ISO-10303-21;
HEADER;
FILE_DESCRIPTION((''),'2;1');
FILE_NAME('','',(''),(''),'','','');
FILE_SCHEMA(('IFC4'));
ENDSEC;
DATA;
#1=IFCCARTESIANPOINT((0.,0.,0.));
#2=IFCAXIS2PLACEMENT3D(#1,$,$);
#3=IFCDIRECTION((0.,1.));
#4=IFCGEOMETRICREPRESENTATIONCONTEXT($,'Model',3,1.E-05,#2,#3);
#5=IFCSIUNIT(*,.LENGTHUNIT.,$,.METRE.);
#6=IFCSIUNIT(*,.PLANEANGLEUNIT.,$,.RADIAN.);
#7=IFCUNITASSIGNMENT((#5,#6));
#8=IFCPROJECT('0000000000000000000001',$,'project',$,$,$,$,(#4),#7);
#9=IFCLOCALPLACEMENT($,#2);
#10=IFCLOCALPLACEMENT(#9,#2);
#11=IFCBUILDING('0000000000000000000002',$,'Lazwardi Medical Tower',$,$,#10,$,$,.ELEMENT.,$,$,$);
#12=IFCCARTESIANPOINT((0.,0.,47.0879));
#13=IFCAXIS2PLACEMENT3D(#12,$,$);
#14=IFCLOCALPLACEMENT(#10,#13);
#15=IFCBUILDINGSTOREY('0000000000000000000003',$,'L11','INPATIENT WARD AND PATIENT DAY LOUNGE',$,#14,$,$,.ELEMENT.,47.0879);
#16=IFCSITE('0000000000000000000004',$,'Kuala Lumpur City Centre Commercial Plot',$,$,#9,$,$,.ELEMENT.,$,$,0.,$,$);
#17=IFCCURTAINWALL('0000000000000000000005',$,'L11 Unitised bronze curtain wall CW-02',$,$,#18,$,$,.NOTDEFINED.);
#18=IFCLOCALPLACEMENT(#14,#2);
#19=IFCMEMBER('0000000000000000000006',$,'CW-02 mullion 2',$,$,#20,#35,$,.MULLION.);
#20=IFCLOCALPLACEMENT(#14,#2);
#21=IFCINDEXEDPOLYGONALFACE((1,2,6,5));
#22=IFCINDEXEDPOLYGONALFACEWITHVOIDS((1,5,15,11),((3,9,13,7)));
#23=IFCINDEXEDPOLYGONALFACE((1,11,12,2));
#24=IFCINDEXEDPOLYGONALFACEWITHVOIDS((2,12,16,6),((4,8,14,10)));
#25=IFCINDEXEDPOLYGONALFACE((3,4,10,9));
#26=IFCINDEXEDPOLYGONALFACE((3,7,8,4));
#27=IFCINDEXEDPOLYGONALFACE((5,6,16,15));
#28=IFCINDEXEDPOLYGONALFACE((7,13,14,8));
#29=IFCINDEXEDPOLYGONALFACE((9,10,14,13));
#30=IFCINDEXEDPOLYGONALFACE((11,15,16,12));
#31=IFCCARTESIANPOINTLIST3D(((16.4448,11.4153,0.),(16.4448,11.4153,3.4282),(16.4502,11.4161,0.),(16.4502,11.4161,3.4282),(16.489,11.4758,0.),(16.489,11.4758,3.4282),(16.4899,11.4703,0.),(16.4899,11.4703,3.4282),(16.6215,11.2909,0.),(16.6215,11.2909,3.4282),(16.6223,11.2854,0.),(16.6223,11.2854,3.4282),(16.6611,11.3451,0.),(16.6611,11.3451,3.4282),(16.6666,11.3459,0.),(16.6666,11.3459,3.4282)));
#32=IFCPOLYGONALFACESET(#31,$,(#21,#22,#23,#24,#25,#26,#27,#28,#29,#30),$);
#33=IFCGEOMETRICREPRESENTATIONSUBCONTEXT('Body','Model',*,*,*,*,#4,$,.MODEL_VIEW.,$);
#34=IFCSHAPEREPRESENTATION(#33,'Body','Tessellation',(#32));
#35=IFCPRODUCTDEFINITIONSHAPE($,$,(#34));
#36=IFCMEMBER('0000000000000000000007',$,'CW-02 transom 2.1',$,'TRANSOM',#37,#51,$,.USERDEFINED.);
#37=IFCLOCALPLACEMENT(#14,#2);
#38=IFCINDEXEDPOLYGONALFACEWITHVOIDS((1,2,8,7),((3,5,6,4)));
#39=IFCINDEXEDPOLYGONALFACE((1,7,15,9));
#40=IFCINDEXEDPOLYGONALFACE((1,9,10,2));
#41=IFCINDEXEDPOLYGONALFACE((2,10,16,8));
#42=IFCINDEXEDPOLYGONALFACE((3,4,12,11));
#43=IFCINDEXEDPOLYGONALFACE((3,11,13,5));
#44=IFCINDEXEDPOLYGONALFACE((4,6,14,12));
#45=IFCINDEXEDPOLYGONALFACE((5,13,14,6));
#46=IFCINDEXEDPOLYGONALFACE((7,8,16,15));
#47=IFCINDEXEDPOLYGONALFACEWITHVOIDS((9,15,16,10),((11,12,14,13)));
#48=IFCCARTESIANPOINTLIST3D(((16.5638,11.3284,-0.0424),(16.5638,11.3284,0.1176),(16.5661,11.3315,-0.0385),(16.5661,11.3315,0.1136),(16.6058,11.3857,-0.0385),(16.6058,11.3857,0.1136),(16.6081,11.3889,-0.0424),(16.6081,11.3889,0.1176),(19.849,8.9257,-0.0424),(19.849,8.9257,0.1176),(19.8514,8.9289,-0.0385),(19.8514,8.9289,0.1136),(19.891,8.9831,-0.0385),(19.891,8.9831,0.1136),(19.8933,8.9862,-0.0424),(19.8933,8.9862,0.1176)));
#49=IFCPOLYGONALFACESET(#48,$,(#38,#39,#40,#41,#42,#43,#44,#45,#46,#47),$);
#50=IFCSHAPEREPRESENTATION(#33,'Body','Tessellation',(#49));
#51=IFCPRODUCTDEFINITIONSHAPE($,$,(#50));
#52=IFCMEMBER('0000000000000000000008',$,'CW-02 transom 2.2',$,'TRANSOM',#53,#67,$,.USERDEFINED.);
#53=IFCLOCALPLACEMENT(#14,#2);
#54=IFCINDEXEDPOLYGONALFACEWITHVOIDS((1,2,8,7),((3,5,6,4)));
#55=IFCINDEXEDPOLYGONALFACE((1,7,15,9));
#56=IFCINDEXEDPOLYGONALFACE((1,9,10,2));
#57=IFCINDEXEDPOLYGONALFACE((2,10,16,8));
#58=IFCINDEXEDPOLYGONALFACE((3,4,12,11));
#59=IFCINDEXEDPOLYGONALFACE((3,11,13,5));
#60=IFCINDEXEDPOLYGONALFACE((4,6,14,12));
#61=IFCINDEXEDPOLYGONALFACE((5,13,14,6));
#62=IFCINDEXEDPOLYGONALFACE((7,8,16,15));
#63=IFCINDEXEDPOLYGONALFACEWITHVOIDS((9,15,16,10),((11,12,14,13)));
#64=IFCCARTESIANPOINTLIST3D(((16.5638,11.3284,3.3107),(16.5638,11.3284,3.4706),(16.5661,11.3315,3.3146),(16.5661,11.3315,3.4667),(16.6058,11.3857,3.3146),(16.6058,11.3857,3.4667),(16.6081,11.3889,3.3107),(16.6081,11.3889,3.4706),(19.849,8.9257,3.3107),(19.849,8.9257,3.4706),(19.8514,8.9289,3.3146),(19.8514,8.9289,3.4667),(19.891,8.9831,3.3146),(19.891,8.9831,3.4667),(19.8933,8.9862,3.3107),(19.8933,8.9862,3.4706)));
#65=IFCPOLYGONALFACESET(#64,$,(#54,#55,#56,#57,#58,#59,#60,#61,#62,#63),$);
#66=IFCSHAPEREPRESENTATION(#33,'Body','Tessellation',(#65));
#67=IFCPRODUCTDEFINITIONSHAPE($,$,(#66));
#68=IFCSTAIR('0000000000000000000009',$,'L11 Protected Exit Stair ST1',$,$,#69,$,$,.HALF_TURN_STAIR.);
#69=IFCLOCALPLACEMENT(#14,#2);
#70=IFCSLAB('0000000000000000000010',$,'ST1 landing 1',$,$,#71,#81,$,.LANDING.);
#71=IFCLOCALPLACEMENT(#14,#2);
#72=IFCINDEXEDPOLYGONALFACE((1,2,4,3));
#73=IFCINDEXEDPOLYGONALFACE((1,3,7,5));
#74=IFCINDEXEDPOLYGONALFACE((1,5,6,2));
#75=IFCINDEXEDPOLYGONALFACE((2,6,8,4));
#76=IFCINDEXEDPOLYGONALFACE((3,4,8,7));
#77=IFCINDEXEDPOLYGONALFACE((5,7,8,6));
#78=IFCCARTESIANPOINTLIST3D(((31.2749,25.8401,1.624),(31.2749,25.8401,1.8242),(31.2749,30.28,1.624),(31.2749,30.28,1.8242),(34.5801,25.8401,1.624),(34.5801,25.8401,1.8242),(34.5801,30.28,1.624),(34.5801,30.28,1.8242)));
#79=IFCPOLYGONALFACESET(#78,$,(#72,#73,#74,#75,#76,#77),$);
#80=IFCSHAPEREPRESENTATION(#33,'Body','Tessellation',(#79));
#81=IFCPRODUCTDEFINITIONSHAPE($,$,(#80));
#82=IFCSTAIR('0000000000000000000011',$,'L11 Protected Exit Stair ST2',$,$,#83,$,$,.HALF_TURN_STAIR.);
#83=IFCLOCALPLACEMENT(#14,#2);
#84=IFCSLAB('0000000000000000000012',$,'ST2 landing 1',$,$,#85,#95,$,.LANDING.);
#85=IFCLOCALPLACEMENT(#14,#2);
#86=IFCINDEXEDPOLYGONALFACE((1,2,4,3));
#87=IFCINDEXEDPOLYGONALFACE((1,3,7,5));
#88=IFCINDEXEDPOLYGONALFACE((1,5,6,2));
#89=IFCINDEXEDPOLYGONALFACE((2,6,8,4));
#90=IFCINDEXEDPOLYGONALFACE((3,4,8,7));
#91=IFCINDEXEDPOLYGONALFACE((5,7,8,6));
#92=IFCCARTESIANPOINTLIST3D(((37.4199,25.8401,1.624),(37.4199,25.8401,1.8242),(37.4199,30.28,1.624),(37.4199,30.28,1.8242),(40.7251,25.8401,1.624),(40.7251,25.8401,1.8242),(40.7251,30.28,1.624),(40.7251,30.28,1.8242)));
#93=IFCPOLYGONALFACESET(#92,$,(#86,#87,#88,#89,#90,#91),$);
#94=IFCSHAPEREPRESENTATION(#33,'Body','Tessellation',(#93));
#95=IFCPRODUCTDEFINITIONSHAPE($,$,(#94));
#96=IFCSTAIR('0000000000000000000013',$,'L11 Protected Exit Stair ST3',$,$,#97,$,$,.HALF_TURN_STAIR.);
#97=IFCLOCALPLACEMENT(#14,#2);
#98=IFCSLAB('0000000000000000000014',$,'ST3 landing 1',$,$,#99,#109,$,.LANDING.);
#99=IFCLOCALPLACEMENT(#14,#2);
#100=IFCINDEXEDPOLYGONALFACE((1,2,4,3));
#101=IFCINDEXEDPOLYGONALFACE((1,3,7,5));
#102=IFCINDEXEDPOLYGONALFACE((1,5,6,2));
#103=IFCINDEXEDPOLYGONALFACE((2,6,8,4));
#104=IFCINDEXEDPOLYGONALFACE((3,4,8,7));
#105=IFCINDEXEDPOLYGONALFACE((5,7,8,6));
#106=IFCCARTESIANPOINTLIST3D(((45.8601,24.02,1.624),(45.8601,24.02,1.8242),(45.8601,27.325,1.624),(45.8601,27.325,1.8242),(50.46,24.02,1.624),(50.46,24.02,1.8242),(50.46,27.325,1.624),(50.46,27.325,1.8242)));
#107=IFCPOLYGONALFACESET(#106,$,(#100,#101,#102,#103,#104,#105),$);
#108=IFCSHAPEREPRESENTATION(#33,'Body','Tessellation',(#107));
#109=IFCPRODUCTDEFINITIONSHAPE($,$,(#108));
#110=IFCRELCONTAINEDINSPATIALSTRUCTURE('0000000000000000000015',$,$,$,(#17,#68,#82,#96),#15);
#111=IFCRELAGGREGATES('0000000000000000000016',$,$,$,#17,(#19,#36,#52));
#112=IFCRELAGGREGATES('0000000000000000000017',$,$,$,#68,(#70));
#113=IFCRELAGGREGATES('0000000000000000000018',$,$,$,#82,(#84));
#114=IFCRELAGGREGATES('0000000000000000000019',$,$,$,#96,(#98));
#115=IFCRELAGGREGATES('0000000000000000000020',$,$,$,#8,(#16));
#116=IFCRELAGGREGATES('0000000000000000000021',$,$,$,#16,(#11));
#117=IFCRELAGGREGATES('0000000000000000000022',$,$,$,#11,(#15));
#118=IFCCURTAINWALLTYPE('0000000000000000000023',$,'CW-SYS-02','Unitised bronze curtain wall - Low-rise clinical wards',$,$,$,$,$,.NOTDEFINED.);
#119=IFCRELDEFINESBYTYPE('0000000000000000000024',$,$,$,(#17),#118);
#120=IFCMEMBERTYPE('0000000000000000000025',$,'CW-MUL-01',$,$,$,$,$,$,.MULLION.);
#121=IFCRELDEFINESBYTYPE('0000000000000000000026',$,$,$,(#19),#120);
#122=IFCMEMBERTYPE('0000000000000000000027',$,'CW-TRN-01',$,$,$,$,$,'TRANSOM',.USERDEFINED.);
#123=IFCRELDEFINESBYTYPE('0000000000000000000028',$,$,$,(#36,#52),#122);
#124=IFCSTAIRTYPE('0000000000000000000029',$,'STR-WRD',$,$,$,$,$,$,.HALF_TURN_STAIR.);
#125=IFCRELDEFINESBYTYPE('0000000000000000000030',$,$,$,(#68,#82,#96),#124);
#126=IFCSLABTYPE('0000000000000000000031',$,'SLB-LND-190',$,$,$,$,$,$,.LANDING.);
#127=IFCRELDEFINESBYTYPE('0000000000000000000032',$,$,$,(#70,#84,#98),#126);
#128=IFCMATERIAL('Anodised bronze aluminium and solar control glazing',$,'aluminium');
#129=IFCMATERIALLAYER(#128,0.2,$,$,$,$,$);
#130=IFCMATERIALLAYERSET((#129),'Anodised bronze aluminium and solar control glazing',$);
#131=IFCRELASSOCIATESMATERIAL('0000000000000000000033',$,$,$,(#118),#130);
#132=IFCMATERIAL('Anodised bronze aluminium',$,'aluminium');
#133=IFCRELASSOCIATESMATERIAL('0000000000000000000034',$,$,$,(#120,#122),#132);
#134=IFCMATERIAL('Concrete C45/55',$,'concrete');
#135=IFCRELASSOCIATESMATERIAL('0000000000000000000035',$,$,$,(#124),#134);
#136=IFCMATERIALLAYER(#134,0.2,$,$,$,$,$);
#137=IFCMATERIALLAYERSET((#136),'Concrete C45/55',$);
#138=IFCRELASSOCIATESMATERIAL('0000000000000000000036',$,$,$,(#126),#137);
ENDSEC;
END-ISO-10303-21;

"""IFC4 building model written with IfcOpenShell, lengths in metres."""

from ifc_helpers import new_model, si_unit, direction, frame, origin, origin_2d, place, context, subcontext, project, spatial, polyline, hollow_rectangle, outline, extrude, material, layer, layer_set, material_profile, profile_set, type_object, element, aggregate, save


model = new_model("IFC4")

# Units and contexts
model_context = context("Model", 3, precision=1e-05, world=origin(), true_north=direction((0.0, 1.0)))
body_context = subcontext(model_context, "Body", "Model", "MODEL_VIEW")
ifc_project = project(units=[si_unit("LENGTHUNIT", "METRE"), si_unit("PLANEANGLEUNIT", "RADIAN")], contexts=[model_context])

# Site, building, storey
site_placement = place(None, origin())
site = spatial("IfcSite", under=ifc_project, at=site_placement, Name="Kuala Lumpur City Centre Commercial Plot", CompositionType="ELEMENT", RefElevation=0.0)
building_placement = place(site_placement, origin())
building = spatial("IfcBuilding", under=site, at=building_placement, Name="Lazwardi Medical Tower", CompositionType="ELEMENT")
storey_placement = place(building_placement, frame((0.0, 0.0, 47.0879)))
storey = spatial("IfcBuildingStorey", under=building, at=storey_placement, Name="L11", Description="INPATIENT WARD AND PATIENT DAY LOUNGE", CompositionType="ELEMENT", Elevation=47.0879)

# Curtain wall, members
ifc_material_1 = material(Name="Anodised bronze aluminium and solar control glazing", Category="aluminium")
ifc_layer_1 = layer(ifc_material_1, 0.2)
ifc_layer_set_1 = layer_set([ifc_layer_1], Name="Anodised bronze aluminium and solar control glazing")
curtain_wall_type = type_object("IfcCurtainWallType", Name="CW-SYS-02", Description="Unitised bronze curtain wall - Low-rise clinical wards", PredefinedType="NOTDEFINED", material=ifc_layer_set_1)
curtain_wall_placement = place(storey_placement, origin())
curtain_wall = element("IfcCurtainWall", 1, at=curtain_wall_placement, inside=storey, type_object=curtain_wall_type, Name="L11 Unitised bronze curtain wall CW-02", PredefinedType="NOTDEFINED")
ifc_material_2 = material(Name="Anodised bronze aluminium", Category="aluminium")
ifc_material_profile_1 = material_profile(ifc_material_2, hollow_rectangle(XDim=0.075, YDim=0.22, WallThickness=0.0039, at=origin_2d()), Name="ALU-MULLION 220x75x4")
ifc_profile_set_1 = profile_set([ifc_material_profile_1], Name="Anodised bronze aluminium")
member_type_1 = type_object("IfcMemberType", Name="CW-MUL-01", PredefinedType="MULLION", material=ifc_profile_set_1)
member_1_placement = place(storey_placement, frame((16.5557, 11.3806, 0.0), z_axis=(0.0, 0.0, 1.0), x_axis=(0.590289, 0.807192, 0.0)))
member_1 = element("IfcMember", 2, at=member_1_placement, type_object=member_type_1, Name="CW-02 mullion 2", PredefinedType="MULLION", context=body_context, shape_type="SweptSolid", body=[
    extrude(hollow_rectangle(XDim=0.075, YDim=0.22, WallThickness=0.0039, at=origin_2d()), origin(), (0.0, 0.0, 1.0), 3.4282),
])
ifc_material_profile_2 = material_profile(ifc_material_2, hollow_rectangle(XDim=0.075, YDim=0.1599, WallThickness=0.0039, at=origin_2d()), Name="ALU-TRANSOM 160x75x4")
ifc_profile_set_2 = profile_set([ifc_material_profile_2], Name="Anodised bronze aluminium")
member_type_2 = type_object("IfcMemberType", Name="CW-TRN-01", ElementType="TRANSOM", PredefinedType="USERDEFINED", material=ifc_profile_set_2)
member_2_placement = place(storey_placement, frame((16.5859, 11.3586, 0.0376), z_axis=(0.807169, -0.59032, 0.0), x_axis=(0.59032, 0.807169, 0.0)))
member_2 = element("IfcMember", 3, at=member_2_placement, type_object=member_type_2, Name="CW-02 transom 2.1", ObjectType="TRANSOM", PredefinedType="USERDEFINED", context=body_context, shape_type="SweptSolid", body=[
    extrude(hollow_rectangle(XDim=0.075, YDim=0.1599, WallThickness=0.0039, at=origin_2d()), origin(), (0.0, 0.0, 1.0), 4.0701),
])
member_3_placement = place(storey_placement, frame((16.5859, 11.3586, 3.3906), z_axis=(0.807169, -0.59032, 0.0), x_axis=(0.59032, 0.807169, 0.0)))
member_3 = element("IfcMember", 4, at=member_3_placement, type_object=member_type_2, Name="CW-02 transom 2.2", ObjectType="TRANSOM", PredefinedType="USERDEFINED", context=body_context, shape_type="SweptSolid", body=[
    extrude(hollow_rectangle(XDim=0.075, YDim=0.1599, WallThickness=0.0039, at=origin_2d()), origin(), (0.0, 0.0, 1.0), 4.0701),
])
aggregate(curtain_wall, [member_1, member_2, member_3])

# Stairs, slabs
ifc_material_3 = material(Name="Concrete C45/55", Category="concrete")
stair_type = type_object("IfcStairType", Name="STR-WRD", PredefinedType="HALF_TURN_STAIR", material=ifc_material_3)
stair_1_placement = place(storey_placement, origin())
stair_1 = element("IfcStair", 5, at=stair_1_placement, inside=storey, type_object=stair_type, Name="L11 Protected Exit Stair ST1", PredefinedType="HALF_TURN_STAIR")
ifc_layer_2 = layer(ifc_material_3, 0.2)
ifc_layer_set_2 = layer_set([ifc_layer_2], Name="Concrete C45/55")
slab_type_1 = type_object("IfcSlabType", Name="SLB-LND-190", PredefinedType="LANDING", material=ifc_layer_set_2)
slab_1_placement = place(storey_placement, frame((0.0, 0.0, 1.624)))
slab_1 = element("IfcSlab", 6, at=slab_1_placement, type_object=slab_type_1, Name="ST1 landing 1", PredefinedType="LANDING", context=body_context, shape_type="SweptSolid", body=[
    extrude(outline(polyline([(31.2749, 25.8401), (34.5801, 25.8401), (34.5801, 30.28), (31.2749, 30.28), (31.2749, 25.8401)])), origin(), (0.0, 0.0, 1.0), 0.2002),
])
aggregate(stair_1, [slab_1])
stair_2_placement = place(storey_placement, origin())
stair_2 = element("IfcStair", 7, at=stair_2_placement, inside=storey, type_object=stair_type, Name="L11 Protected Exit Stair ST2", PredefinedType="HALF_TURN_STAIR")
slab_2_placement = place(storey_placement, frame((0.0, 0.0, 1.624)))
slab_2 = element("IfcSlab", 8, at=slab_2_placement, type_object=slab_type_1, Name="ST2 landing 1", PredefinedType="LANDING", context=body_context, shape_type="SweptSolid", body=[
    extrude(outline(polyline([(40.7251, 30.28), (37.4199, 30.28), (37.4199, 25.8401), (40.7251, 25.8401), (40.7251, 30.28)])), origin(), (0.0, 0.0, 1.0), 0.2002),
])
aggregate(stair_2, [slab_2])
stair_3_placement = place(storey_placement, origin())
stair_3 = element("IfcStair", 9, at=stair_3_placement, inside=storey, type_object=stair_type, Name="L11 Protected Exit Stair ST3", PredefinedType="HALF_TURN_STAIR")
slab_3_placement = place(storey_placement, frame((0.0, 0.0, 1.624)))
slab_3 = element("IfcSlab", 10, at=slab_3_placement, type_object=slab_type_1, Name="ST3 landing 1", PredefinedType="LANDING", context=body_context, shape_type="SweptSolid", body=[
    extrude(outline(polyline([(45.8601, 27.325), (45.8601, 24.02), (50.46, 24.02), (50.46, 27.325), (45.8601, 27.325)])), origin(), (0.0, 0.0, 1.0), 0.2002),
])
aggregate(stair_3, [slab_3])

save(model, "model.ifc")
